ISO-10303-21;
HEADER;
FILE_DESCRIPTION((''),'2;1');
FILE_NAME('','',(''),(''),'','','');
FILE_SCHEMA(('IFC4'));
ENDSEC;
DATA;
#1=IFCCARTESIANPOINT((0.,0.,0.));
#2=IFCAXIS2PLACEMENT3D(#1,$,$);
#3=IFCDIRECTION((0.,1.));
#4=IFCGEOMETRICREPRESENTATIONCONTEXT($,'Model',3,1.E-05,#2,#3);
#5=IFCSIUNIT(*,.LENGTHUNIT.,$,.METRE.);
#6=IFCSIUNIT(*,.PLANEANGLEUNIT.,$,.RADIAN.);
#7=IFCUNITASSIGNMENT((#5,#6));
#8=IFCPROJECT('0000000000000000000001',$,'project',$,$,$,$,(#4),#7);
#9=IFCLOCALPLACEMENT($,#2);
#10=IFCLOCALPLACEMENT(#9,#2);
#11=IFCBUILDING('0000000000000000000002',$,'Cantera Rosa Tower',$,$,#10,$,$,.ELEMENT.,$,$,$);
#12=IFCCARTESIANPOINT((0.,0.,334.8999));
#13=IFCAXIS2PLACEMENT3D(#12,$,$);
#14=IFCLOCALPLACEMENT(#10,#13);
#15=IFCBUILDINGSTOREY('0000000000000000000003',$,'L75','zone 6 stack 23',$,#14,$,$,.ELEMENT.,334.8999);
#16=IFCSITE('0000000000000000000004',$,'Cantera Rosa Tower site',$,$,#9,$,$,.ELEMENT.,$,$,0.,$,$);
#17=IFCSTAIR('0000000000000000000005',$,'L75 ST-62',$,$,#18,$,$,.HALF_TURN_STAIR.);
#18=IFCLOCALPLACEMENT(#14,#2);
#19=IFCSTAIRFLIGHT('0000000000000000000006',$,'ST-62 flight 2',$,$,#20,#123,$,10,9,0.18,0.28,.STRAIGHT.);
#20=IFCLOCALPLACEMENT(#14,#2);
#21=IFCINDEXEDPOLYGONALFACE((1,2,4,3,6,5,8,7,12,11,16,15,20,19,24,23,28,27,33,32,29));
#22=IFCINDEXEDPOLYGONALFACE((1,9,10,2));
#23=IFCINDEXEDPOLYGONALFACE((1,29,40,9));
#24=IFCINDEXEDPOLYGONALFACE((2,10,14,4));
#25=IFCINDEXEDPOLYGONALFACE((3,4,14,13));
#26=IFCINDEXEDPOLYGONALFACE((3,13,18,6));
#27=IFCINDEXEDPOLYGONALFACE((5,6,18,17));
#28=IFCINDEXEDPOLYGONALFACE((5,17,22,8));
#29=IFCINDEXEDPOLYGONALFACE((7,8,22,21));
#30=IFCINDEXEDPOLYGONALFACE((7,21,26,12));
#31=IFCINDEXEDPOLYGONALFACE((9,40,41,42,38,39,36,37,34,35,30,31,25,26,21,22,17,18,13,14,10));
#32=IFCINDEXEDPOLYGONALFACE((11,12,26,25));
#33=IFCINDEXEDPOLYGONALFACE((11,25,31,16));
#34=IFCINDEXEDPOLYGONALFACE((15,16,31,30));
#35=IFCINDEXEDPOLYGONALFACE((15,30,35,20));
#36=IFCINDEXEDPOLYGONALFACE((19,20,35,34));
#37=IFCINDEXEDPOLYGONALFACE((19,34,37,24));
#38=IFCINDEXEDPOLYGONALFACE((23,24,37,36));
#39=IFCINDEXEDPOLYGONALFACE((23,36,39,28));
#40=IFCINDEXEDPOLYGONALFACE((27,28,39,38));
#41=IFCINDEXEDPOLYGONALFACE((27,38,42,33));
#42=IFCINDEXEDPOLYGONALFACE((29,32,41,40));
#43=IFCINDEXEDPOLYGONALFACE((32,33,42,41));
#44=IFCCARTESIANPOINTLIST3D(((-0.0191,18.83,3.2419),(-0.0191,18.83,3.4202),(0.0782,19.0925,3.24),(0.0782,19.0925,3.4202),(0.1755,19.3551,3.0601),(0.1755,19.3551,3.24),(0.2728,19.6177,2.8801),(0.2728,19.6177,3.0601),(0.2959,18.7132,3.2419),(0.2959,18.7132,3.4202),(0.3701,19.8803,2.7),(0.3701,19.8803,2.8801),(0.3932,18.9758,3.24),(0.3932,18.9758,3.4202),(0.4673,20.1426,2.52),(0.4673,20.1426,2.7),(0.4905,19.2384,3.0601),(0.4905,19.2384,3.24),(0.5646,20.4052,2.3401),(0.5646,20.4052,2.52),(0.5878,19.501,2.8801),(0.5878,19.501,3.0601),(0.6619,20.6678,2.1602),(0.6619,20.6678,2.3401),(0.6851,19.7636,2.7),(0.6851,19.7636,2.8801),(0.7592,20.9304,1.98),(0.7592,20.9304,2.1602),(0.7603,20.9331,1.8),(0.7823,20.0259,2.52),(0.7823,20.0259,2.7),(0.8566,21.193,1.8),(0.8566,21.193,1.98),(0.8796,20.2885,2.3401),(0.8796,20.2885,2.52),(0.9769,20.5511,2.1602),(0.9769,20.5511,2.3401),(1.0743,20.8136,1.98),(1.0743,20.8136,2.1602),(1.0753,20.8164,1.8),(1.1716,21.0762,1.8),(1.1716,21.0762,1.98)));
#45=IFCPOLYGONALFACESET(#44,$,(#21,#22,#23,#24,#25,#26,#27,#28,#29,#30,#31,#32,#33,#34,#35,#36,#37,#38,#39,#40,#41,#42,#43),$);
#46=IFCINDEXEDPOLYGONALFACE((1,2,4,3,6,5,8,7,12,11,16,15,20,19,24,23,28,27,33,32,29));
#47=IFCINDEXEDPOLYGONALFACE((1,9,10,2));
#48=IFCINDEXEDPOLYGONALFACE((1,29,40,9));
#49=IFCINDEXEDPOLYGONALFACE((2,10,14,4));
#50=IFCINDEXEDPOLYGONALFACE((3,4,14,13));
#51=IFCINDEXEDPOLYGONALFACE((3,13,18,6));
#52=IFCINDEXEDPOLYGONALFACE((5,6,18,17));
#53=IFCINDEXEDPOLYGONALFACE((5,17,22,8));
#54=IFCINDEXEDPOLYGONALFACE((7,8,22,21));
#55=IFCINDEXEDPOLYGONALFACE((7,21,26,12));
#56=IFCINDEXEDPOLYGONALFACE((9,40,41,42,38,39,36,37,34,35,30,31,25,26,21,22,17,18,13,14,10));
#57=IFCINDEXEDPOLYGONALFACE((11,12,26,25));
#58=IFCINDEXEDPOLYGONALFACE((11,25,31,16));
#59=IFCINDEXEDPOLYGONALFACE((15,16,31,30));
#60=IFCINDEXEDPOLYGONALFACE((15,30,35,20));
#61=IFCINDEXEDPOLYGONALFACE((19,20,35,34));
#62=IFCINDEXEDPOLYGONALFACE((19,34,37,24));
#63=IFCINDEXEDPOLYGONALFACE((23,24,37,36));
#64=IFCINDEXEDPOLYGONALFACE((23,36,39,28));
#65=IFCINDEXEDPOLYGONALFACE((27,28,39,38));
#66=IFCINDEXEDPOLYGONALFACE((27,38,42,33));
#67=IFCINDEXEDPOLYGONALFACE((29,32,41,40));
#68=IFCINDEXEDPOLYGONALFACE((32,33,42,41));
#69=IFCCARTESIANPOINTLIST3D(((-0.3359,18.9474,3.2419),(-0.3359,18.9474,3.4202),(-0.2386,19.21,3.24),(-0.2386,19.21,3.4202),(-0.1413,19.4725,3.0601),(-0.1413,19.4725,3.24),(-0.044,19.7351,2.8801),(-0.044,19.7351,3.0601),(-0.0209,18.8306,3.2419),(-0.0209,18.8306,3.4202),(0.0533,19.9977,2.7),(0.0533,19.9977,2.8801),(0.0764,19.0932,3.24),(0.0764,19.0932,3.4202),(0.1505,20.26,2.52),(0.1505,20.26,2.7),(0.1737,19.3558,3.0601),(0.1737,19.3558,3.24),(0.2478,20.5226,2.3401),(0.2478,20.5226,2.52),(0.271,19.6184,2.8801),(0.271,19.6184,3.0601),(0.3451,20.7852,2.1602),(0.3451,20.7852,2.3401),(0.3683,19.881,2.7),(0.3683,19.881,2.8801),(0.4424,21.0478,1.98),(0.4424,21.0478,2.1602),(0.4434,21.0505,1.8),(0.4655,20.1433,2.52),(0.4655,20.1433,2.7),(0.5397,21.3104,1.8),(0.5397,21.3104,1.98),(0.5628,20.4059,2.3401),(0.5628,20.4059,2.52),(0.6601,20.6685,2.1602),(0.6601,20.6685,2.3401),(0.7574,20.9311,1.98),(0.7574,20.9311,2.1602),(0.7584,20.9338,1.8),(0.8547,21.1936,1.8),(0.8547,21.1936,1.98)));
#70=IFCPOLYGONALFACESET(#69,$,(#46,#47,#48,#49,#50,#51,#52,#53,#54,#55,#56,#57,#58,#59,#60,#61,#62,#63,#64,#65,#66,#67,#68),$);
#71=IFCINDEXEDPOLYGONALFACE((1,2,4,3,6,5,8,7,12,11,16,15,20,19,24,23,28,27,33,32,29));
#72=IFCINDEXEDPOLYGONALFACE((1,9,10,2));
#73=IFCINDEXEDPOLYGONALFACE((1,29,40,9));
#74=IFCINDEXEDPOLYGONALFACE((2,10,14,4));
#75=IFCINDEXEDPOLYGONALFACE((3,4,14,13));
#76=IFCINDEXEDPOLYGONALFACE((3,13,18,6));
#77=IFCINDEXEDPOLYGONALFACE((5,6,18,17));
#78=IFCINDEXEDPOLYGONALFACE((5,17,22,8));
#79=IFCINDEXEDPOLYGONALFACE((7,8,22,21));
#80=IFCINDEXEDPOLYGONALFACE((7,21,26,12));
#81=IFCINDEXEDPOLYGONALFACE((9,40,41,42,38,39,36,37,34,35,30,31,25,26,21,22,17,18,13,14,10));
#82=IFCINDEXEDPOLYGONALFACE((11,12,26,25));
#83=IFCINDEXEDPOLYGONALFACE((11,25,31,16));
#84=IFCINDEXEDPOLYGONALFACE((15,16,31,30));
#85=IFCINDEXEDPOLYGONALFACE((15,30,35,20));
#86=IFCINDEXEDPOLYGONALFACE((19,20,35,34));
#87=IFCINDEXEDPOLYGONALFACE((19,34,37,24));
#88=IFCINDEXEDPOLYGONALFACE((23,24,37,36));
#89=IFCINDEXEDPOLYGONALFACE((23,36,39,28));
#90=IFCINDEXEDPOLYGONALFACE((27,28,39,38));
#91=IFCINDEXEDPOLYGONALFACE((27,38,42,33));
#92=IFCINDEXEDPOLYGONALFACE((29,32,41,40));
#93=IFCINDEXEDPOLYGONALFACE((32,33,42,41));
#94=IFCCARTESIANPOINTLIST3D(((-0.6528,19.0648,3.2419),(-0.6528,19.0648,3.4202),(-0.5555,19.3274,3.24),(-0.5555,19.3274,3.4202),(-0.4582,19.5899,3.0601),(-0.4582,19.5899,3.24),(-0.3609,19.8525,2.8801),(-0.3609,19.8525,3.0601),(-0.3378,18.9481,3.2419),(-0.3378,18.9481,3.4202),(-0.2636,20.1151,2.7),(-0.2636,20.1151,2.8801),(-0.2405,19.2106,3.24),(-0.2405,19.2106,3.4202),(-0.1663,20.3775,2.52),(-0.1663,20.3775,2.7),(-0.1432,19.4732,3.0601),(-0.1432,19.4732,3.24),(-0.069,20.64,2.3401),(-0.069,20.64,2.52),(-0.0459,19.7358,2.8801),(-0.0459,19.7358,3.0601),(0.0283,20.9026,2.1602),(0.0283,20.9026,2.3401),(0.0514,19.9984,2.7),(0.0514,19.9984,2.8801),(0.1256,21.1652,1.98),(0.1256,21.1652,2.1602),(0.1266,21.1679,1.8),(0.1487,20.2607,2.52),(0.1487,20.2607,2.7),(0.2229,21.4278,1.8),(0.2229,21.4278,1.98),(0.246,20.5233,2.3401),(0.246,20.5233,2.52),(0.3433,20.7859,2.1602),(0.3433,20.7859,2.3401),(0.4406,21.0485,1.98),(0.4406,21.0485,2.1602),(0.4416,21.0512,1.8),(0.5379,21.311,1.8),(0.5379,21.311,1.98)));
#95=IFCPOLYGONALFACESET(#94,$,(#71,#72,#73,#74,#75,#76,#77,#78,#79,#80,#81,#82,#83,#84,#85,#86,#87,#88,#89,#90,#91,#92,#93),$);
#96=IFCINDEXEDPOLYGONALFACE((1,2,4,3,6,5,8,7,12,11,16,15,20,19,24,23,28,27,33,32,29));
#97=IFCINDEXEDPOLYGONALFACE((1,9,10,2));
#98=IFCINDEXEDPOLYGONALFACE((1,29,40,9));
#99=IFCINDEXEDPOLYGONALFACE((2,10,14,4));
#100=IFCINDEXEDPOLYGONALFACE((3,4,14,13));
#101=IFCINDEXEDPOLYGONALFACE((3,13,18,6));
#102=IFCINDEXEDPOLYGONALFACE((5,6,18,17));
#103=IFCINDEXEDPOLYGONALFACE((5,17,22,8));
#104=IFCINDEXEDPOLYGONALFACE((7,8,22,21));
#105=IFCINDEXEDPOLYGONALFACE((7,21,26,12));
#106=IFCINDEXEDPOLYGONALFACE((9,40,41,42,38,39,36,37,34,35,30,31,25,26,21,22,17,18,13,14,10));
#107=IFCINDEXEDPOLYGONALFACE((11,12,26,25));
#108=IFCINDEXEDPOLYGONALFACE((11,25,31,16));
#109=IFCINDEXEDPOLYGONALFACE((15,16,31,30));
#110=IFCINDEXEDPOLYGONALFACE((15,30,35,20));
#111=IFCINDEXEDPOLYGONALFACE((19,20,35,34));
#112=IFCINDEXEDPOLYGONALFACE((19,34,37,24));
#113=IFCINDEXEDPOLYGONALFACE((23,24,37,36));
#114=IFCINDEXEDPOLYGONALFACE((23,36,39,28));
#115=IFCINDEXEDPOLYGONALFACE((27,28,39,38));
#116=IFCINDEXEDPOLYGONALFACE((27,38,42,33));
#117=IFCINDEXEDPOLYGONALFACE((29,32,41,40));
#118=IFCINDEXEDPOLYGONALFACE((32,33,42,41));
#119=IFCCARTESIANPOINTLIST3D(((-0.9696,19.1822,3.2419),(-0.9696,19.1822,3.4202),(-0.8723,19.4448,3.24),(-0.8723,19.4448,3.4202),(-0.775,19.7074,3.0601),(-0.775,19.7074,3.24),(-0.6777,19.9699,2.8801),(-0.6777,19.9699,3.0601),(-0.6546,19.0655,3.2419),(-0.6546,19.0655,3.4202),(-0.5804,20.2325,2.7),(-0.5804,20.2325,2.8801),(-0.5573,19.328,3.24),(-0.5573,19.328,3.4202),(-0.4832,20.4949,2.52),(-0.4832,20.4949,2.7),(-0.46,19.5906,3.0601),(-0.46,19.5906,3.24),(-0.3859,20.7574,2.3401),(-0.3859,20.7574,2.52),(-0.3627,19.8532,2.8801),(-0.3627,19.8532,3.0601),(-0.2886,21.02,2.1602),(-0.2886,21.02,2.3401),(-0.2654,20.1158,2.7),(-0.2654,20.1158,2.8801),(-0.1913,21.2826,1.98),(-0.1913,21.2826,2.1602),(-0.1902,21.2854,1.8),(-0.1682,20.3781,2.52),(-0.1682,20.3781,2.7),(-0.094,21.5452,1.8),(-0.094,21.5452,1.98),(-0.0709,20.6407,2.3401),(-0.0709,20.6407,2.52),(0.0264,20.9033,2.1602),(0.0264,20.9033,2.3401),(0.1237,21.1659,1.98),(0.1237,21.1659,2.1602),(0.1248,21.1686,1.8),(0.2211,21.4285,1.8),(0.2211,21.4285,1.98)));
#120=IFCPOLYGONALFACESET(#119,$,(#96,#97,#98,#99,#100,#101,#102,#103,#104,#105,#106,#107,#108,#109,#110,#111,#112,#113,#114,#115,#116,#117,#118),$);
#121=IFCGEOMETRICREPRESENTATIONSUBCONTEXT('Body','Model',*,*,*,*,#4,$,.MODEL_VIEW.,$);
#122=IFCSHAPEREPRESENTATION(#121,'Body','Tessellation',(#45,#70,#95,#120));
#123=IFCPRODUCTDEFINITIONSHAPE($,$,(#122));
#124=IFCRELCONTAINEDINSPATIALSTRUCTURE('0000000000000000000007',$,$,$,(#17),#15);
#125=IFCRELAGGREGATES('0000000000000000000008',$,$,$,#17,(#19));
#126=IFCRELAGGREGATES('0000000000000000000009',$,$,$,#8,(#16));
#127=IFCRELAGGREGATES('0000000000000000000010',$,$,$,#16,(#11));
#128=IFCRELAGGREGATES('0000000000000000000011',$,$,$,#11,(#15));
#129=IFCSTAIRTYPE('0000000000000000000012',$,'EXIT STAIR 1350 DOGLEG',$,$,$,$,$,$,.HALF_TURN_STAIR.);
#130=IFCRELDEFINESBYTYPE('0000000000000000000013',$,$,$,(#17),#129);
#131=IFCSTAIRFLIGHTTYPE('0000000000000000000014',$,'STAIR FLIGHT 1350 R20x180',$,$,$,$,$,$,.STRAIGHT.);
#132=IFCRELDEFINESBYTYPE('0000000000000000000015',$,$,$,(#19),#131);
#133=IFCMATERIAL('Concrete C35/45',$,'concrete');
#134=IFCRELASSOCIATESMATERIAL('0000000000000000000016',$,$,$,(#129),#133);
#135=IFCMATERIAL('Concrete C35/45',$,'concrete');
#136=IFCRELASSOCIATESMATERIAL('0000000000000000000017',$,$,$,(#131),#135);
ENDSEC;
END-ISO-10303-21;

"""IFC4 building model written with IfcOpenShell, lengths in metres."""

from ifc_helpers import new_model, si_unit, direction, frame, origin, place, context, subcontext, project, spatial, polyline, outline, extrude, material, type_object, element, aggregate, save


model = new_model("IFC4")

# Units and contexts
model_context = context("Model", 3, precision=1e-05, world=origin(), true_north=direction((0.0, 1.0)))
body_context = subcontext(model_context, "Body", "Model", "MODEL_VIEW")
ifc_project = project(units=[si_unit("LENGTHUNIT", "METRE"), si_unit("PLANEANGLEUNIT", "RADIAN")], contexts=[model_context])

# Site, building, storey
site_placement = place(None, origin())
site = spatial("IfcSite", under=ifc_project, at=site_placement, Name="Cantera Rosa Tower site", CompositionType="ELEMENT", RefElevation=0.0)
building_placement = place(site_placement, origin())
building = spatial("IfcBuilding", under=site, at=building_placement, Name="Cantera Rosa Tower", CompositionType="ELEMENT")
storey_placement = place(building_placement, frame((0.0, 0.0, 334.8999)))
storey = spatial("IfcBuildingStorey", under=building, at=storey_placement, Name="L75", Description="zone 6 stack 23", CompositionType="ELEMENT", Elevation=334.8999)

# Stair, stair flight
ifc_material_1 = material(Name="Concrete C35/45", Category="concrete")
stair_type = type_object("IfcStairType", Name="EXIT STAIR 1350 DOGLEG", PredefinedType="HALF_TURN_STAIR", material=ifc_material_1)
stair_placement = place(storey_placement, origin())
stair = element("IfcStair", 1, at=stair_placement, inside=storey, type_object=stair_type, Name="L75 ST-62", PredefinedType="HALF_TURN_STAIR")
ifc_material_2 = material(Name="Concrete C35/45", Category="concrete")
stair_flight_type = type_object("IfcStairFlightType", Name="STAIR FLIGHT 1350 R20x180", PredefinedType="STRAIGHT", material=ifc_material_2)
stair_flight_1_placement = place(storey_placement, frame((0.5386, 21.3108, 1.8), z_axis=(0.0, 0.0, 1.0), x_axis=(-0.347481, -0.937687, 0.0)))
stair_flight_1 = element("IfcStairFlight", 2, at=stair_flight_1_placement, type_object=stair_flight_type, Name="ST-62 flight 2", NumberOfRisers=10, NumberOfTreads=9, PredefinedType="STRAIGHT", RiserHeight=0.18, TreadLength=0.28, context=body_context, shape_type="SweptSolid", body=[
    extrude(outline(polyline([(0.0, 0.0), (0.0, 0.1799), (0.28, 0.1799), (0.28, 0.3601), (0.5601, 0.3601), (0.5601, 0.54), (0.8401, 0.54), (0.8401, 0.72), (1.1201, 0.72), (1.1201, 0.8999), (1.3999, 0.8999), (1.3999, 1.0801), (1.6799, 1.0801), (1.6799, 1.26), (1.96, 1.26), (1.96, 1.4399), (2.24, 1.4399), (2.24, 1.6201), (2.52, 1.6201), (2.52, 1.8), (2.52, 1.4419), (0.2771, 0.0), (0.0, 0.0)])), frame((0.0, 0.675, 0.0), z_axis=(0.0, -1.0, 0.0), x_axis=(1.0, 0.0, 0.0)), (0.0, 0.0, 1.0), 0.3359),
    extrude(outline(polyline([(0.0, 0.0), (0.0, 0.1799), (0.28, 0.1799), (0.28, 0.3601), (0.5601, 0.3601), (0.5601, 0.54), (0.8401, 0.54), (0.8401, 0.72), (1.1201, 0.72), (1.1201, 0.8999), (1.3999, 0.8999), (1.3999, 1.0801), (1.6799, 1.0801), (1.6799, 1.26), (1.96, 1.26), (1.96, 1.4399), (2.24, 1.4399), (2.24, 1.6201), (2.52, 1.6201), (2.52, 1.8), (2.52, 1.4419), (0.2771, 0.0), (0.0, 0.0)])), frame((0.0, 0.3372, 0.0), z_axis=(0.0, -1.0, 0.0), x_axis=(1.0, 0.0, 0.0)), (0.0, 0.0, 1.0), 0.3359),
    extrude(outline(polyline([(0.0, 0.0), (0.0, 0.1799), (0.28, 0.1799), (0.28, 0.3601), (0.5601, 0.3601), (0.5601, 0.54), (0.8401, 0.54), (0.8401, 0.72), (1.1201, 0.72), (1.1201, 0.8999), (1.3999, 0.8999), (1.3999, 1.0801), (1.6799, 1.0801), (1.6799, 1.26), (1.96, 1.26), (1.96, 1.4399), (2.24, 1.4399), (2.24, 1.6201), (2.52, 1.6201), (2.52, 1.8), (2.52, 1.4419), (0.2771, 0.0), (0.0, 0.0)])), frame((0.0, -0.0007, 0.0), z_axis=(0.0, -1.0, 0.0), x_axis=(1.0, 0.0, 0.0)), (0.0, 0.0, 1.0), 0.3359),
    extrude(outline(polyline([(0.0, 0.0), (0.0, 0.1799), (0.28, 0.1799), (0.28, 0.3601), (0.5601, 0.3601), (0.5601, 0.54), (0.8401, 0.54), (0.8401, 0.72), (1.1201, 0.72), (1.1201, 0.8999), (1.3999, 0.8999), (1.3999, 1.0801), (1.6799, 1.0801), (1.6799, 1.26), (1.96, 1.26), (1.96, 1.4399), (2.24, 1.4399), (2.24, 1.6201), (2.52, 1.6201), (2.52, 1.8), (2.52, 1.4419), (0.2771, 0.0), (0.0, 0.0)])), frame((0.0, -0.3386, 0.0), z_axis=(0.0, -1.0, 0.0), x_axis=(1.0, 0.0, 0.0)), (0.0, 0.0, 1.0), 0.3359),
])
aggregate(stair, [stair_flight_1])

save(model, "model.ifc")
